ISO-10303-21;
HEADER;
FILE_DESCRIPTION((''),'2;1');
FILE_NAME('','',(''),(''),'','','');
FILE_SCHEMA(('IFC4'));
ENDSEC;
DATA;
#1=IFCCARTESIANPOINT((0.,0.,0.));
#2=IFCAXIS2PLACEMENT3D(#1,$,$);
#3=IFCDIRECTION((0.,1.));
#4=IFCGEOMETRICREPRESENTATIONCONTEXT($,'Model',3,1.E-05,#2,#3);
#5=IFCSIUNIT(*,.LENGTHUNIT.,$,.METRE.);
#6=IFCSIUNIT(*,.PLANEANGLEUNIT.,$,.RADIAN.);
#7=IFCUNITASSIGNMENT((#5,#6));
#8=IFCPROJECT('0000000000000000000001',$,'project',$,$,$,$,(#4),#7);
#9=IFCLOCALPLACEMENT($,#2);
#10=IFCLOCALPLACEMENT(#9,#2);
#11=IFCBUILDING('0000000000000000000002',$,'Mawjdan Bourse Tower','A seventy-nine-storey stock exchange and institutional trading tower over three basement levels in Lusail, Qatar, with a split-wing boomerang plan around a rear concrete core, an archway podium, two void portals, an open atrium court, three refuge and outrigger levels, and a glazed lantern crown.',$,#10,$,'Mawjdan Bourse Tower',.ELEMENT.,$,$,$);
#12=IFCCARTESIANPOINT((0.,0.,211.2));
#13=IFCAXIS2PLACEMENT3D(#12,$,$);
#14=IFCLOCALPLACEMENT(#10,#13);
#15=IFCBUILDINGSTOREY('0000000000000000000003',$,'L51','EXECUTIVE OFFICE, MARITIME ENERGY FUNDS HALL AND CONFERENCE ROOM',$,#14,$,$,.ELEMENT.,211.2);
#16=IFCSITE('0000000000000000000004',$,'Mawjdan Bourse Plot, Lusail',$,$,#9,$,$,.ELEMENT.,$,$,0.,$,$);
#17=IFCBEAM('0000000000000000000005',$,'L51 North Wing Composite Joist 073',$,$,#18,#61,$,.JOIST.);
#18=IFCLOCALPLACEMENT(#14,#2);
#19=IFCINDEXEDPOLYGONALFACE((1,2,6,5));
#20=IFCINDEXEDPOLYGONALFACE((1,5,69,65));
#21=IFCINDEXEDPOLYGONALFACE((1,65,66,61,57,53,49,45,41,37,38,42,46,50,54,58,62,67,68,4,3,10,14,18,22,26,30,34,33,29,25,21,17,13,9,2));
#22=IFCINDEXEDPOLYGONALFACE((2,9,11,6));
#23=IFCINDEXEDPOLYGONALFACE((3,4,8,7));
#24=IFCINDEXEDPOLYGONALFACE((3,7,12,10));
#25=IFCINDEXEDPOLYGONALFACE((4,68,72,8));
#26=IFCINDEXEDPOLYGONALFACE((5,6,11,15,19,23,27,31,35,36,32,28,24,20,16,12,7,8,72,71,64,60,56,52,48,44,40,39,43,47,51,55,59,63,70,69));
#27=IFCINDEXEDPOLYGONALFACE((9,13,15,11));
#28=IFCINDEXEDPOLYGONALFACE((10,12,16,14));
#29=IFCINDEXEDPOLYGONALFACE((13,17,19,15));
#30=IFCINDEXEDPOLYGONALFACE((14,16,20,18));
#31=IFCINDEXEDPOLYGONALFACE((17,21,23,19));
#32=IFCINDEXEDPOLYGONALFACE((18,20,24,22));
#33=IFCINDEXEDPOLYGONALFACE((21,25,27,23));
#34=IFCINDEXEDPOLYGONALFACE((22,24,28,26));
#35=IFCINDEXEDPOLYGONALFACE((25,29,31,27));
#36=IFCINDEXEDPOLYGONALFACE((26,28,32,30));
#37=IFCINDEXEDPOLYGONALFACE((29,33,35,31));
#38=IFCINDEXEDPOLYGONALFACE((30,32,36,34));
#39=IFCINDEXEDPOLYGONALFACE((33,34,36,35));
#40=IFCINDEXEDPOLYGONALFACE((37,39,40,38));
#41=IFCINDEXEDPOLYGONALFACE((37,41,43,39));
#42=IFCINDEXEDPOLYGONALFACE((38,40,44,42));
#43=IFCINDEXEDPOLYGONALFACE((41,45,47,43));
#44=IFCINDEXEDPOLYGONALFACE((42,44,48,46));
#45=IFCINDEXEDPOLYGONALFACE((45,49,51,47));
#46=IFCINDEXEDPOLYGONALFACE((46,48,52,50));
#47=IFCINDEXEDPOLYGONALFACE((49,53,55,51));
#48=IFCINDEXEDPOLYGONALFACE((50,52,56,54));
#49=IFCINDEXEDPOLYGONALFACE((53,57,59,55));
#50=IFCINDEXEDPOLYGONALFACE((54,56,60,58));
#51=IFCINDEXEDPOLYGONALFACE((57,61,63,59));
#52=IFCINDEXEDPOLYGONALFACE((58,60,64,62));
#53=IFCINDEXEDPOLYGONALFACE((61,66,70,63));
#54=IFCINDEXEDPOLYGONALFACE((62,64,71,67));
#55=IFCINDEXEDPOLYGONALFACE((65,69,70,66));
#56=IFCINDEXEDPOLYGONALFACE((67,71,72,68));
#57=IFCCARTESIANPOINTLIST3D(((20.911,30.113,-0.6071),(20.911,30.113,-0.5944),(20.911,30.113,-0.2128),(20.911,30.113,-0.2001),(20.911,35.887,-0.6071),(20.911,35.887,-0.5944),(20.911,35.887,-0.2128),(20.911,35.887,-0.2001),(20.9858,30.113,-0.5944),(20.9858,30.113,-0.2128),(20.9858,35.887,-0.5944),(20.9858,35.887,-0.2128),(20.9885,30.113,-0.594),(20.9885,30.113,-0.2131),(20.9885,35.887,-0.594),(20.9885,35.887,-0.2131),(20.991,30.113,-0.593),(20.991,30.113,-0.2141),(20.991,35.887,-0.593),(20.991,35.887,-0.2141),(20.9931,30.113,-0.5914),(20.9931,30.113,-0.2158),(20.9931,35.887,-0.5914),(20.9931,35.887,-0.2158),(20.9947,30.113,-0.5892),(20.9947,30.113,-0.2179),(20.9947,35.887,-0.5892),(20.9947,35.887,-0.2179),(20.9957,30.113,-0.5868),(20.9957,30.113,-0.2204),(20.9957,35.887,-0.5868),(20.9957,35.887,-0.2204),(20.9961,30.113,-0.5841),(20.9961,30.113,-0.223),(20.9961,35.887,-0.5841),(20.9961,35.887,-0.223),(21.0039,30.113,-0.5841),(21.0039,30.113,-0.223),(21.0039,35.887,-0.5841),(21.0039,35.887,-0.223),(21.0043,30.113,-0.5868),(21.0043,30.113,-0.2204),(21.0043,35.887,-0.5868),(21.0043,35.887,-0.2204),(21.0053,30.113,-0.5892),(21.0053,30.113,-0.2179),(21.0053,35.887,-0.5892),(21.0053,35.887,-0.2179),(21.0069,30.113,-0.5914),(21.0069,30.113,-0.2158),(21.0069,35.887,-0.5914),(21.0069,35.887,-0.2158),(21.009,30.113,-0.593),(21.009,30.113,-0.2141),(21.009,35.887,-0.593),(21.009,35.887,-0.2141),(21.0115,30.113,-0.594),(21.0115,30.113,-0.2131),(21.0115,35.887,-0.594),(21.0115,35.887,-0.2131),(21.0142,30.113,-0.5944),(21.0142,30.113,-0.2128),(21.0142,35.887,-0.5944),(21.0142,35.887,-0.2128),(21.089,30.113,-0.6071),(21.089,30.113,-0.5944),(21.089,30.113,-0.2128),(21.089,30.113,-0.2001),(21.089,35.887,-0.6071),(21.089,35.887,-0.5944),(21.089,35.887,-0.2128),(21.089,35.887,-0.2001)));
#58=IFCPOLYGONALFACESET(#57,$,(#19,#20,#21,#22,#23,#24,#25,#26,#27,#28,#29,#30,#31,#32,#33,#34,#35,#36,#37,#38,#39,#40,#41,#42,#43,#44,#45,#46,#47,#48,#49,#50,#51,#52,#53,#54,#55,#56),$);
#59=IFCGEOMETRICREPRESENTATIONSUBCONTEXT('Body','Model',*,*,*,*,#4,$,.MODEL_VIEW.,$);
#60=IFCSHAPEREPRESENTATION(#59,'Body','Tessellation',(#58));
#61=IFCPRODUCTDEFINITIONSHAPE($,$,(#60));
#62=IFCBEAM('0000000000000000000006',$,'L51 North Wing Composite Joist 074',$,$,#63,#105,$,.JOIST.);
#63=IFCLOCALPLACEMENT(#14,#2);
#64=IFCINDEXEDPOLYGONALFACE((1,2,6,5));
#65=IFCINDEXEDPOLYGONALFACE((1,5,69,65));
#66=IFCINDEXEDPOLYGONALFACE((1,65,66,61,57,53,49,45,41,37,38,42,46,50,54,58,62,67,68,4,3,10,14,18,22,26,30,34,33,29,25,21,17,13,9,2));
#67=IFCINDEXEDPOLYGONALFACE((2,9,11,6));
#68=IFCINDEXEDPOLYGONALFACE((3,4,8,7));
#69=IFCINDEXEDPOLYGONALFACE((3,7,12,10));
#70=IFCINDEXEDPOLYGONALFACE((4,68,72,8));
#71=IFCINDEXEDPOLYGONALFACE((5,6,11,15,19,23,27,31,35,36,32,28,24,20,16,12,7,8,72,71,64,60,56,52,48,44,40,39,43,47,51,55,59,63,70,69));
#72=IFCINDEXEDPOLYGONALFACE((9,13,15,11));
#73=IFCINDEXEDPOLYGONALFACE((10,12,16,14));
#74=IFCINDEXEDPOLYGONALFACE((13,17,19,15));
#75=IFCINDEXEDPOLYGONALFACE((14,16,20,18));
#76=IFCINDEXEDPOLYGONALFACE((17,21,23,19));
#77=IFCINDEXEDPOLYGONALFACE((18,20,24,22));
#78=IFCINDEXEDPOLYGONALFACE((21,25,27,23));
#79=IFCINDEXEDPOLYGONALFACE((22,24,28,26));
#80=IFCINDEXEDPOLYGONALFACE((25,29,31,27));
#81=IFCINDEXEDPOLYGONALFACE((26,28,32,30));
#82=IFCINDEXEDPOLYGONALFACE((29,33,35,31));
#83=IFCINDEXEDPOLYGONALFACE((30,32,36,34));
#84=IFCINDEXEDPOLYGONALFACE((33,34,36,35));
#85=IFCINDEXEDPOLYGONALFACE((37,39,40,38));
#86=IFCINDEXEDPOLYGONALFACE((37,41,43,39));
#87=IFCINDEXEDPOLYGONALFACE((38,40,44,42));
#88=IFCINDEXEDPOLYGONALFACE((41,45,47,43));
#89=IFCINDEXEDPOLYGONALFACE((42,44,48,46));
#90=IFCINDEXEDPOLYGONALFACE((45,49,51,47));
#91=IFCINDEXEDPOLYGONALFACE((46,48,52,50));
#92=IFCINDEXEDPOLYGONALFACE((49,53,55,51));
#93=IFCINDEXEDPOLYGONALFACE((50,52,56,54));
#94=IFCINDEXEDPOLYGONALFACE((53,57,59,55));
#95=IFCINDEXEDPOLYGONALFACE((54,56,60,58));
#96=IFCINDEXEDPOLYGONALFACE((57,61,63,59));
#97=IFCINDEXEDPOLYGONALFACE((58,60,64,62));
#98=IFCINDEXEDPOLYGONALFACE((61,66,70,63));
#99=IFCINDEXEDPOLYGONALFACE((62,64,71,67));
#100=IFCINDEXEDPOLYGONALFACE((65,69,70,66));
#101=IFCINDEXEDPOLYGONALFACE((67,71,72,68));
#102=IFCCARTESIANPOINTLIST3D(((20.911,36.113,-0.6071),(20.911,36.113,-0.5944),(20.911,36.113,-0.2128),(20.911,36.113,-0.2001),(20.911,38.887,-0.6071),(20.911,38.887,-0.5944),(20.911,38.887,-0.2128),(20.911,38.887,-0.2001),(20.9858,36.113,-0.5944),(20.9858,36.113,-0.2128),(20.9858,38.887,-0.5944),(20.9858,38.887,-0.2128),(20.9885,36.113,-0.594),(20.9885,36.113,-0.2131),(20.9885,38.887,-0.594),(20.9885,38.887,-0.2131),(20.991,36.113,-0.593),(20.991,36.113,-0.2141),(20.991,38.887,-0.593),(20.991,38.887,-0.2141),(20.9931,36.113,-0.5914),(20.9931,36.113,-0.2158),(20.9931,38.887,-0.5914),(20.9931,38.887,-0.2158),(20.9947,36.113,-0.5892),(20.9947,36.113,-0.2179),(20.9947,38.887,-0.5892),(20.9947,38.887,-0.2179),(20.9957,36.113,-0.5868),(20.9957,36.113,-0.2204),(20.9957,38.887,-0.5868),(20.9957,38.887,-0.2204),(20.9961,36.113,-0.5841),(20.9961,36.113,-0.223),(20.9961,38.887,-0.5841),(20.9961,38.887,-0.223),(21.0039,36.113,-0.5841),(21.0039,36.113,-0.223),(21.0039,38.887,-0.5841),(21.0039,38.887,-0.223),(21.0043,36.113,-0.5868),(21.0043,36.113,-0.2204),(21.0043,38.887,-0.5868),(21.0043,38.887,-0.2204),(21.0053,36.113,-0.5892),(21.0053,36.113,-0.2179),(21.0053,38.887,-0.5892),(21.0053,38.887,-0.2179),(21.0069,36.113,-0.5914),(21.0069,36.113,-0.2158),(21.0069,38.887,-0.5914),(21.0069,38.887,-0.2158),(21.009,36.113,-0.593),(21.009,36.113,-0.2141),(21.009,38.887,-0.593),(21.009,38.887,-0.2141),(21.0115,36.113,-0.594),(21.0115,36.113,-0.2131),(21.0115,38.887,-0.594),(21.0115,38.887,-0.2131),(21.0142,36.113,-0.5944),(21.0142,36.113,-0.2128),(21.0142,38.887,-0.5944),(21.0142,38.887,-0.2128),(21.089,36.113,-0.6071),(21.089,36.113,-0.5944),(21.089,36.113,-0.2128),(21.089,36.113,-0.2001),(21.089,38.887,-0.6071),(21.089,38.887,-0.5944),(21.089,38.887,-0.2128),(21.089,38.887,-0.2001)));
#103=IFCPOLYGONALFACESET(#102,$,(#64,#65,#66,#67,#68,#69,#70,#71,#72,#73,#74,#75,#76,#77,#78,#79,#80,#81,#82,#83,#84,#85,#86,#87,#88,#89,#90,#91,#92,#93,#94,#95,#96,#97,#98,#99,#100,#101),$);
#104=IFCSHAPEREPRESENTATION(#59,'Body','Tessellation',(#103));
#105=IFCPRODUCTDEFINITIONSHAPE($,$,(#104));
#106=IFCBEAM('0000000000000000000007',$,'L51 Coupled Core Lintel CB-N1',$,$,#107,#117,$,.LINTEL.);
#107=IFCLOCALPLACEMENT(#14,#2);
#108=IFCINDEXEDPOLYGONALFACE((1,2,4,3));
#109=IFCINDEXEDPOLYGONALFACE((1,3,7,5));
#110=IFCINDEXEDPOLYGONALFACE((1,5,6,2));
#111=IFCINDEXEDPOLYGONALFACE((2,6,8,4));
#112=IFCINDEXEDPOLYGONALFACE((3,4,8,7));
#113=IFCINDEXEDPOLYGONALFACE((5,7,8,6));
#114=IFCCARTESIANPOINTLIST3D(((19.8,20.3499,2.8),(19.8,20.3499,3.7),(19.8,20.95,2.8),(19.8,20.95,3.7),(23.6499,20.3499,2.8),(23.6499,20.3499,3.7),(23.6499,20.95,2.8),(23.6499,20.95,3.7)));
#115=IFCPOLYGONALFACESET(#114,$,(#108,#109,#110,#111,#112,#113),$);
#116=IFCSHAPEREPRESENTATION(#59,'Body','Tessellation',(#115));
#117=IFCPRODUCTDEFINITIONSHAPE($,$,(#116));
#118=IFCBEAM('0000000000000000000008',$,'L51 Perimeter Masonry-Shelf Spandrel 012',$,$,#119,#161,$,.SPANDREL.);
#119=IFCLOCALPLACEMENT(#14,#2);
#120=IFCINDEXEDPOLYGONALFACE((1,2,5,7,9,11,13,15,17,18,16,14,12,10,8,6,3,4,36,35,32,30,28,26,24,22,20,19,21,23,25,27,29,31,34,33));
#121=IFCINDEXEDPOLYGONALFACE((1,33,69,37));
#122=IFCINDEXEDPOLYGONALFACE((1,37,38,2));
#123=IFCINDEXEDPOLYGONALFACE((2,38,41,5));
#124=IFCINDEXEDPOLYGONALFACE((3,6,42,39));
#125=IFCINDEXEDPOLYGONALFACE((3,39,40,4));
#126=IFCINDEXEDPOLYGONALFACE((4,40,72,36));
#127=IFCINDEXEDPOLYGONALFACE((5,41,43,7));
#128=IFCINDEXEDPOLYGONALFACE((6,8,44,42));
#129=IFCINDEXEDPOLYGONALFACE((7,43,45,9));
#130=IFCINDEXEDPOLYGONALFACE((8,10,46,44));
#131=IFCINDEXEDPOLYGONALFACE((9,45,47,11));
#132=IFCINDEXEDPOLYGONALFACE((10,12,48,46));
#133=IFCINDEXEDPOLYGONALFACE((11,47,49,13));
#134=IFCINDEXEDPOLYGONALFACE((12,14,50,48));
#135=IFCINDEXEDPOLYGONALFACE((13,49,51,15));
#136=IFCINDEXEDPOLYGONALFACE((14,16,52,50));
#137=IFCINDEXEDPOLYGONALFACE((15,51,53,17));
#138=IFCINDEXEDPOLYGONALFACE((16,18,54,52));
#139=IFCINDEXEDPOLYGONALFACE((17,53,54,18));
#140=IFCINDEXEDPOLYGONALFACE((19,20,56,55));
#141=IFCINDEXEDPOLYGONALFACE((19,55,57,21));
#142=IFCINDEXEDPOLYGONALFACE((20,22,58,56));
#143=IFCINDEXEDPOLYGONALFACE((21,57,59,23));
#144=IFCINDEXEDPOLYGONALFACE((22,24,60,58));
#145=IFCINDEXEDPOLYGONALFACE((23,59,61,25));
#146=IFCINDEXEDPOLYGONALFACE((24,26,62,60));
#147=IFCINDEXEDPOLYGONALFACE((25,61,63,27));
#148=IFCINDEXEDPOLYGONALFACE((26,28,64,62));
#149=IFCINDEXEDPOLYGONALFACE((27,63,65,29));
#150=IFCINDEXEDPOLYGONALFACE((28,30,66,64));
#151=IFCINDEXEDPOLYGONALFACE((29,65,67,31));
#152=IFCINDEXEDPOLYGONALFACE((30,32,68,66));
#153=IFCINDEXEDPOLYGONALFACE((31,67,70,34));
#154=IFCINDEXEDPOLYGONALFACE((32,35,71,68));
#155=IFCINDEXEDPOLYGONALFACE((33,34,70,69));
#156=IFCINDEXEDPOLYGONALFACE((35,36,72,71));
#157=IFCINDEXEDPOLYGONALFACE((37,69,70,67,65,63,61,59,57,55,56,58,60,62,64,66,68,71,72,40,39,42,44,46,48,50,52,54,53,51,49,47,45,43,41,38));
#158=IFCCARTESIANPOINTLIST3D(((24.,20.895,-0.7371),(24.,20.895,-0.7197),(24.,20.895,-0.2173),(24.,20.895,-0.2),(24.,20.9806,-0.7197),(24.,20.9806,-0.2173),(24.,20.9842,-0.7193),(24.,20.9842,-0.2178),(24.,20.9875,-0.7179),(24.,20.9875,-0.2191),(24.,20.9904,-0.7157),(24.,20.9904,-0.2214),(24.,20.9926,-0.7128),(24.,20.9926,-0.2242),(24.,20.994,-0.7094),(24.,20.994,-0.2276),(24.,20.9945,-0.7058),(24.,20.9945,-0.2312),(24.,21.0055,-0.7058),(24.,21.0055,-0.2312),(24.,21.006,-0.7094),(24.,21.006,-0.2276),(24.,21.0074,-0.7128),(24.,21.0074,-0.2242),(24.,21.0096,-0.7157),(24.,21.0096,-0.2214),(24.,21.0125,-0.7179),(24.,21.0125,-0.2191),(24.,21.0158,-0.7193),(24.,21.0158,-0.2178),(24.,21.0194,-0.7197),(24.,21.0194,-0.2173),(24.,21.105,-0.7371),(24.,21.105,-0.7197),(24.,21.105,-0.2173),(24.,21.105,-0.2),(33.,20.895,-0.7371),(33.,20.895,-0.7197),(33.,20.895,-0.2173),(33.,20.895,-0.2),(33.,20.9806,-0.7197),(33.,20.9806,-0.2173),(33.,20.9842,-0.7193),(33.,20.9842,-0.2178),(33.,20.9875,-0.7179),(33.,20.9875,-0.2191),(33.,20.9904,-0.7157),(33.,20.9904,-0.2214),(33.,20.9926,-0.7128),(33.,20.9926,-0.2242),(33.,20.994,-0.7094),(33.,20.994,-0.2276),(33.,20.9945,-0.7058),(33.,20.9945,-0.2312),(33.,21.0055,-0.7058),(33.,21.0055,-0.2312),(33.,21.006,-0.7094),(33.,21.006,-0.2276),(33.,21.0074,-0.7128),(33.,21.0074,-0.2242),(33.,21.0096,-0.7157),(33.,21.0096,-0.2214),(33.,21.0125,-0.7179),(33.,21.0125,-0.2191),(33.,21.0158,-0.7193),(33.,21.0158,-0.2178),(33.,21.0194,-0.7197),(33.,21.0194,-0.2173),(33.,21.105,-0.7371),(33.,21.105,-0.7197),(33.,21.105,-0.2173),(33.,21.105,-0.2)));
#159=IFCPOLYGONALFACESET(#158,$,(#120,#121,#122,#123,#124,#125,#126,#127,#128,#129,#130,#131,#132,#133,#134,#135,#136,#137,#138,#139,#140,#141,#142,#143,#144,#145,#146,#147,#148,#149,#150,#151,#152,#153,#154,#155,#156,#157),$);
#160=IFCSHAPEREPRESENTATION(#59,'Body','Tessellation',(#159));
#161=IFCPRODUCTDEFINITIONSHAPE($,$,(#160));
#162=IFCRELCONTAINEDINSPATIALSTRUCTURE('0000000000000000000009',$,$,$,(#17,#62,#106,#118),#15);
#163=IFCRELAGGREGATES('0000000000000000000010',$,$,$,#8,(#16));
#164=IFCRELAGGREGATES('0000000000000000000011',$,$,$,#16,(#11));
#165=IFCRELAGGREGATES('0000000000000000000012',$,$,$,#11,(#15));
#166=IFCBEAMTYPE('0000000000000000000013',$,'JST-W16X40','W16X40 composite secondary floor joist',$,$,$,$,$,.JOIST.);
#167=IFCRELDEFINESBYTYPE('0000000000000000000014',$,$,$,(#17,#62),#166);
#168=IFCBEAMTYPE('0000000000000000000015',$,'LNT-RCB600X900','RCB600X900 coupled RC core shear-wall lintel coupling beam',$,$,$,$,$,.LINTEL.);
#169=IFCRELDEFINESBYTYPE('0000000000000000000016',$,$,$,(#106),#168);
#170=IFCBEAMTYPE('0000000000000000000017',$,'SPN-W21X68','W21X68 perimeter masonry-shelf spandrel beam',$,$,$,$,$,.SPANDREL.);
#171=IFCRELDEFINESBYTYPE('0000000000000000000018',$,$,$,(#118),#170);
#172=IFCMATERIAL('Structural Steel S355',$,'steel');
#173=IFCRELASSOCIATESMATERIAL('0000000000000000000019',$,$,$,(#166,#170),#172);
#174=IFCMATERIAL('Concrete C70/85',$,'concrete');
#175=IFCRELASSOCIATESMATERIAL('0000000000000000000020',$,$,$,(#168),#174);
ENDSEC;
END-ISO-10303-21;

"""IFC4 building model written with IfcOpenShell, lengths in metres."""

from ifc_helpers import new_model, si_unit, direction, frame, origin, origin_2d, place, context, subcontext, project, spatial, rectangle, i_section, extrude, material, material_profile, profile_set, type_object, element, save


model = new_model("IFC4")

# Units and contexts
model_context = context("Model", 3, precision=1e-05, world=origin(), true_north=direction((0.0, 1.0)))
body_context = subcontext(model_context, "Body", "Model", "MODEL_VIEW")
ifc_project = project(units=[si_unit("LENGTHUNIT", "METRE"), si_unit("PLANEANGLEUNIT", "RADIAN")], contexts=[model_context])

# Site, building, storey
site_placement = place(None, origin())
site = spatial("IfcSite", under=ifc_project, at=site_placement, Name="Mawjdan Bourse Plot, Lusail", CompositionType="ELEMENT", RefElevation=0.0)
building_placement = place(site_placement, origin())
building = spatial("IfcBuilding", under=site, at=building_placement, Name="Mawjdan Bourse Tower", Description="A seventy-nine-storey stock exchange and institutional trading tower over three basement levels in Lusail, Qatar, with a split-wing boomerang plan around a rear concrete core, an archway podium, two void portals, an open atrium court, three refuge and outrigger levels, and a glazed lantern crown.", LongName="Mawjdan Bourse Tower", CompositionType="ELEMENT")
storey_placement = place(building_placement, frame((0.0, 0.0, 211.2)))
storey = spatial("IfcBuildingStorey", under=building, at=storey_placement, Name="L51", Description="EXECUTIVE OFFICE, MARITIME ENERGY FUNDS HALL AND CONFERENCE ROOM", CompositionType="ELEMENT", Elevation=211.2)

# Shared definitions
ifc_material_1 = material(Name="Concrete C70/85", Category="concrete")

# Beams
ifc_material_2 = material(Name="Structural Steel S355", Category="steel")
ifc_material_profile_1 = material_profile(ifc_material_2, i_section(OverallWidth=0.178, OverallDepth=0.407, WebThickness=0.0078, FlangeThickness=0.0127, FilletRadius=0.0103, at=origin_2d()), Name="W16X40")
ifc_profile_set_1 = profile_set([ifc_material_profile_1], Name="Structural Steel S355")
beam_type_1 = type_object("IfcBeamType", Name="JST-W16X40", Description="W16X40 composite secondary floor joist", PredefinedType="JOIST", material=ifc_profile_set_1)
for number, where, z_axis, x_axis, name in (
    (1, (21.0, 30.113, -0.4036), (0.0, 1.0, 0.0), (-1.0, 0.0, 0.0), "L51 North Wing Composite Joist 073"),
):
    element("IfcBeam", number, at=place(storey_placement, frame(where, z_axis=z_axis, x_axis=x_axis)), inside=storey, type_object=beam_type_1, Name=name, PredefinedType="JOIST", context=body_context, shape_type="SweptSolid", body=[
        extrude(i_section(OverallWidth=0.178, OverallDepth=0.407, WebThickness=0.0078, FlangeThickness=0.0127, FilletRadius=0.0103, at=origin_2d()), origin(), (0.0, 0.0, 1.0), 5.7739),
    ])
beam_1_placement = place(storey_placement, frame((21.0, 36.113, -0.4036), z_axis=(0.0, 1.0, 0.0), x_axis=(-1.0, 0.0, 0.0)))
element("IfcBeam", 2, at=beam_1_placement, inside=storey, type_object=beam_type_1, Name="L51 North Wing Composite Joist 074", PredefinedType="JOIST", context=body_context, shape_type="SweptSolid", body=[
    extrude(i_section(OverallWidth=0.178, OverallDepth=0.407, WebThickness=0.0078, FlangeThickness=0.0127, FilletRadius=0.0103, at=origin_2d()), origin(), (0.0, 0.0, 1.0), 2.7739),
])
ifc_material_profile_2 = material_profile(ifc_material_1, rectangle(XDim=0.6001, YDim=0.8999, at=origin_2d()), Name="RCB600X900")
ifc_profile_set_2 = profile_set([ifc_material_profile_2], Name="Concrete C70/85")
beam_type_2 = type_object("IfcBeamType", Name="LNT-RCB600X900", Description="RCB600X900 coupled RC core shear-wall lintel coupling beam", PredefinedType="LINTEL", material=ifc_profile_set_2)
beam_2_placement = place(storey_placement, frame((19.8, 20.6499, 3.25), z_axis=(1.0, 0.0, 0.0), x_axis=(0.0, 1.0, 0.0)))
element("IfcBeam", 3, at=beam_2_placement, inside=storey, type_object=beam_type_2, Name="L51 Coupled Core Lintel CB-N1", PredefinedType="LINTEL", context=body_context, shape_type="SweptSolid", body=[
    extrude(rectangle(XDim=0.6001, YDim=0.8999, at=origin_2d()), origin(), (0.0, 0.0, 1.0), 3.8499),
])
ifc_material_profile_3 = material_profile(ifc_material_2, i_section(OverallWidth=0.21, OverallDepth=0.5371, WebThickness=0.011, FlangeThickness=0.0173, FilletRadius=0.0139, at=origin_2d()), Name="W21X68")
ifc_profile_set_3 = profile_set([ifc_material_profile_3], Name="Structural Steel S355")
beam_type_3 = type_object("IfcBeamType", Name="SPN-W21X68", Description="W21X68 perimeter masonry-shelf spandrel beam", PredefinedType="SPANDREL", material=ifc_profile_set_3)
beam_3_placement = place(storey_placement, frame((24.0, 21.0, -0.4685), z_axis=(1.0, 0.0, 0.0), x_axis=(0.0, 1.0, 0.0)))
element("IfcBeam", 4, at=beam_3_placement, inside=storey, type_object=beam_type_3, Name="L51 Perimeter Masonry-Shelf Spandrel 012", PredefinedType="SPANDREL", context=body_context, shape_type="SweptSolid", body=[
    extrude(i_section(OverallWidth=0.21, OverallDepth=0.5371, WebThickness=0.011, FlangeThickness=0.0173, FilletRadius=0.0139, at=origin_2d()), origin(), (0.0, 0.0, 1.0), 9.0),
])

save(model, "model.ifc")
